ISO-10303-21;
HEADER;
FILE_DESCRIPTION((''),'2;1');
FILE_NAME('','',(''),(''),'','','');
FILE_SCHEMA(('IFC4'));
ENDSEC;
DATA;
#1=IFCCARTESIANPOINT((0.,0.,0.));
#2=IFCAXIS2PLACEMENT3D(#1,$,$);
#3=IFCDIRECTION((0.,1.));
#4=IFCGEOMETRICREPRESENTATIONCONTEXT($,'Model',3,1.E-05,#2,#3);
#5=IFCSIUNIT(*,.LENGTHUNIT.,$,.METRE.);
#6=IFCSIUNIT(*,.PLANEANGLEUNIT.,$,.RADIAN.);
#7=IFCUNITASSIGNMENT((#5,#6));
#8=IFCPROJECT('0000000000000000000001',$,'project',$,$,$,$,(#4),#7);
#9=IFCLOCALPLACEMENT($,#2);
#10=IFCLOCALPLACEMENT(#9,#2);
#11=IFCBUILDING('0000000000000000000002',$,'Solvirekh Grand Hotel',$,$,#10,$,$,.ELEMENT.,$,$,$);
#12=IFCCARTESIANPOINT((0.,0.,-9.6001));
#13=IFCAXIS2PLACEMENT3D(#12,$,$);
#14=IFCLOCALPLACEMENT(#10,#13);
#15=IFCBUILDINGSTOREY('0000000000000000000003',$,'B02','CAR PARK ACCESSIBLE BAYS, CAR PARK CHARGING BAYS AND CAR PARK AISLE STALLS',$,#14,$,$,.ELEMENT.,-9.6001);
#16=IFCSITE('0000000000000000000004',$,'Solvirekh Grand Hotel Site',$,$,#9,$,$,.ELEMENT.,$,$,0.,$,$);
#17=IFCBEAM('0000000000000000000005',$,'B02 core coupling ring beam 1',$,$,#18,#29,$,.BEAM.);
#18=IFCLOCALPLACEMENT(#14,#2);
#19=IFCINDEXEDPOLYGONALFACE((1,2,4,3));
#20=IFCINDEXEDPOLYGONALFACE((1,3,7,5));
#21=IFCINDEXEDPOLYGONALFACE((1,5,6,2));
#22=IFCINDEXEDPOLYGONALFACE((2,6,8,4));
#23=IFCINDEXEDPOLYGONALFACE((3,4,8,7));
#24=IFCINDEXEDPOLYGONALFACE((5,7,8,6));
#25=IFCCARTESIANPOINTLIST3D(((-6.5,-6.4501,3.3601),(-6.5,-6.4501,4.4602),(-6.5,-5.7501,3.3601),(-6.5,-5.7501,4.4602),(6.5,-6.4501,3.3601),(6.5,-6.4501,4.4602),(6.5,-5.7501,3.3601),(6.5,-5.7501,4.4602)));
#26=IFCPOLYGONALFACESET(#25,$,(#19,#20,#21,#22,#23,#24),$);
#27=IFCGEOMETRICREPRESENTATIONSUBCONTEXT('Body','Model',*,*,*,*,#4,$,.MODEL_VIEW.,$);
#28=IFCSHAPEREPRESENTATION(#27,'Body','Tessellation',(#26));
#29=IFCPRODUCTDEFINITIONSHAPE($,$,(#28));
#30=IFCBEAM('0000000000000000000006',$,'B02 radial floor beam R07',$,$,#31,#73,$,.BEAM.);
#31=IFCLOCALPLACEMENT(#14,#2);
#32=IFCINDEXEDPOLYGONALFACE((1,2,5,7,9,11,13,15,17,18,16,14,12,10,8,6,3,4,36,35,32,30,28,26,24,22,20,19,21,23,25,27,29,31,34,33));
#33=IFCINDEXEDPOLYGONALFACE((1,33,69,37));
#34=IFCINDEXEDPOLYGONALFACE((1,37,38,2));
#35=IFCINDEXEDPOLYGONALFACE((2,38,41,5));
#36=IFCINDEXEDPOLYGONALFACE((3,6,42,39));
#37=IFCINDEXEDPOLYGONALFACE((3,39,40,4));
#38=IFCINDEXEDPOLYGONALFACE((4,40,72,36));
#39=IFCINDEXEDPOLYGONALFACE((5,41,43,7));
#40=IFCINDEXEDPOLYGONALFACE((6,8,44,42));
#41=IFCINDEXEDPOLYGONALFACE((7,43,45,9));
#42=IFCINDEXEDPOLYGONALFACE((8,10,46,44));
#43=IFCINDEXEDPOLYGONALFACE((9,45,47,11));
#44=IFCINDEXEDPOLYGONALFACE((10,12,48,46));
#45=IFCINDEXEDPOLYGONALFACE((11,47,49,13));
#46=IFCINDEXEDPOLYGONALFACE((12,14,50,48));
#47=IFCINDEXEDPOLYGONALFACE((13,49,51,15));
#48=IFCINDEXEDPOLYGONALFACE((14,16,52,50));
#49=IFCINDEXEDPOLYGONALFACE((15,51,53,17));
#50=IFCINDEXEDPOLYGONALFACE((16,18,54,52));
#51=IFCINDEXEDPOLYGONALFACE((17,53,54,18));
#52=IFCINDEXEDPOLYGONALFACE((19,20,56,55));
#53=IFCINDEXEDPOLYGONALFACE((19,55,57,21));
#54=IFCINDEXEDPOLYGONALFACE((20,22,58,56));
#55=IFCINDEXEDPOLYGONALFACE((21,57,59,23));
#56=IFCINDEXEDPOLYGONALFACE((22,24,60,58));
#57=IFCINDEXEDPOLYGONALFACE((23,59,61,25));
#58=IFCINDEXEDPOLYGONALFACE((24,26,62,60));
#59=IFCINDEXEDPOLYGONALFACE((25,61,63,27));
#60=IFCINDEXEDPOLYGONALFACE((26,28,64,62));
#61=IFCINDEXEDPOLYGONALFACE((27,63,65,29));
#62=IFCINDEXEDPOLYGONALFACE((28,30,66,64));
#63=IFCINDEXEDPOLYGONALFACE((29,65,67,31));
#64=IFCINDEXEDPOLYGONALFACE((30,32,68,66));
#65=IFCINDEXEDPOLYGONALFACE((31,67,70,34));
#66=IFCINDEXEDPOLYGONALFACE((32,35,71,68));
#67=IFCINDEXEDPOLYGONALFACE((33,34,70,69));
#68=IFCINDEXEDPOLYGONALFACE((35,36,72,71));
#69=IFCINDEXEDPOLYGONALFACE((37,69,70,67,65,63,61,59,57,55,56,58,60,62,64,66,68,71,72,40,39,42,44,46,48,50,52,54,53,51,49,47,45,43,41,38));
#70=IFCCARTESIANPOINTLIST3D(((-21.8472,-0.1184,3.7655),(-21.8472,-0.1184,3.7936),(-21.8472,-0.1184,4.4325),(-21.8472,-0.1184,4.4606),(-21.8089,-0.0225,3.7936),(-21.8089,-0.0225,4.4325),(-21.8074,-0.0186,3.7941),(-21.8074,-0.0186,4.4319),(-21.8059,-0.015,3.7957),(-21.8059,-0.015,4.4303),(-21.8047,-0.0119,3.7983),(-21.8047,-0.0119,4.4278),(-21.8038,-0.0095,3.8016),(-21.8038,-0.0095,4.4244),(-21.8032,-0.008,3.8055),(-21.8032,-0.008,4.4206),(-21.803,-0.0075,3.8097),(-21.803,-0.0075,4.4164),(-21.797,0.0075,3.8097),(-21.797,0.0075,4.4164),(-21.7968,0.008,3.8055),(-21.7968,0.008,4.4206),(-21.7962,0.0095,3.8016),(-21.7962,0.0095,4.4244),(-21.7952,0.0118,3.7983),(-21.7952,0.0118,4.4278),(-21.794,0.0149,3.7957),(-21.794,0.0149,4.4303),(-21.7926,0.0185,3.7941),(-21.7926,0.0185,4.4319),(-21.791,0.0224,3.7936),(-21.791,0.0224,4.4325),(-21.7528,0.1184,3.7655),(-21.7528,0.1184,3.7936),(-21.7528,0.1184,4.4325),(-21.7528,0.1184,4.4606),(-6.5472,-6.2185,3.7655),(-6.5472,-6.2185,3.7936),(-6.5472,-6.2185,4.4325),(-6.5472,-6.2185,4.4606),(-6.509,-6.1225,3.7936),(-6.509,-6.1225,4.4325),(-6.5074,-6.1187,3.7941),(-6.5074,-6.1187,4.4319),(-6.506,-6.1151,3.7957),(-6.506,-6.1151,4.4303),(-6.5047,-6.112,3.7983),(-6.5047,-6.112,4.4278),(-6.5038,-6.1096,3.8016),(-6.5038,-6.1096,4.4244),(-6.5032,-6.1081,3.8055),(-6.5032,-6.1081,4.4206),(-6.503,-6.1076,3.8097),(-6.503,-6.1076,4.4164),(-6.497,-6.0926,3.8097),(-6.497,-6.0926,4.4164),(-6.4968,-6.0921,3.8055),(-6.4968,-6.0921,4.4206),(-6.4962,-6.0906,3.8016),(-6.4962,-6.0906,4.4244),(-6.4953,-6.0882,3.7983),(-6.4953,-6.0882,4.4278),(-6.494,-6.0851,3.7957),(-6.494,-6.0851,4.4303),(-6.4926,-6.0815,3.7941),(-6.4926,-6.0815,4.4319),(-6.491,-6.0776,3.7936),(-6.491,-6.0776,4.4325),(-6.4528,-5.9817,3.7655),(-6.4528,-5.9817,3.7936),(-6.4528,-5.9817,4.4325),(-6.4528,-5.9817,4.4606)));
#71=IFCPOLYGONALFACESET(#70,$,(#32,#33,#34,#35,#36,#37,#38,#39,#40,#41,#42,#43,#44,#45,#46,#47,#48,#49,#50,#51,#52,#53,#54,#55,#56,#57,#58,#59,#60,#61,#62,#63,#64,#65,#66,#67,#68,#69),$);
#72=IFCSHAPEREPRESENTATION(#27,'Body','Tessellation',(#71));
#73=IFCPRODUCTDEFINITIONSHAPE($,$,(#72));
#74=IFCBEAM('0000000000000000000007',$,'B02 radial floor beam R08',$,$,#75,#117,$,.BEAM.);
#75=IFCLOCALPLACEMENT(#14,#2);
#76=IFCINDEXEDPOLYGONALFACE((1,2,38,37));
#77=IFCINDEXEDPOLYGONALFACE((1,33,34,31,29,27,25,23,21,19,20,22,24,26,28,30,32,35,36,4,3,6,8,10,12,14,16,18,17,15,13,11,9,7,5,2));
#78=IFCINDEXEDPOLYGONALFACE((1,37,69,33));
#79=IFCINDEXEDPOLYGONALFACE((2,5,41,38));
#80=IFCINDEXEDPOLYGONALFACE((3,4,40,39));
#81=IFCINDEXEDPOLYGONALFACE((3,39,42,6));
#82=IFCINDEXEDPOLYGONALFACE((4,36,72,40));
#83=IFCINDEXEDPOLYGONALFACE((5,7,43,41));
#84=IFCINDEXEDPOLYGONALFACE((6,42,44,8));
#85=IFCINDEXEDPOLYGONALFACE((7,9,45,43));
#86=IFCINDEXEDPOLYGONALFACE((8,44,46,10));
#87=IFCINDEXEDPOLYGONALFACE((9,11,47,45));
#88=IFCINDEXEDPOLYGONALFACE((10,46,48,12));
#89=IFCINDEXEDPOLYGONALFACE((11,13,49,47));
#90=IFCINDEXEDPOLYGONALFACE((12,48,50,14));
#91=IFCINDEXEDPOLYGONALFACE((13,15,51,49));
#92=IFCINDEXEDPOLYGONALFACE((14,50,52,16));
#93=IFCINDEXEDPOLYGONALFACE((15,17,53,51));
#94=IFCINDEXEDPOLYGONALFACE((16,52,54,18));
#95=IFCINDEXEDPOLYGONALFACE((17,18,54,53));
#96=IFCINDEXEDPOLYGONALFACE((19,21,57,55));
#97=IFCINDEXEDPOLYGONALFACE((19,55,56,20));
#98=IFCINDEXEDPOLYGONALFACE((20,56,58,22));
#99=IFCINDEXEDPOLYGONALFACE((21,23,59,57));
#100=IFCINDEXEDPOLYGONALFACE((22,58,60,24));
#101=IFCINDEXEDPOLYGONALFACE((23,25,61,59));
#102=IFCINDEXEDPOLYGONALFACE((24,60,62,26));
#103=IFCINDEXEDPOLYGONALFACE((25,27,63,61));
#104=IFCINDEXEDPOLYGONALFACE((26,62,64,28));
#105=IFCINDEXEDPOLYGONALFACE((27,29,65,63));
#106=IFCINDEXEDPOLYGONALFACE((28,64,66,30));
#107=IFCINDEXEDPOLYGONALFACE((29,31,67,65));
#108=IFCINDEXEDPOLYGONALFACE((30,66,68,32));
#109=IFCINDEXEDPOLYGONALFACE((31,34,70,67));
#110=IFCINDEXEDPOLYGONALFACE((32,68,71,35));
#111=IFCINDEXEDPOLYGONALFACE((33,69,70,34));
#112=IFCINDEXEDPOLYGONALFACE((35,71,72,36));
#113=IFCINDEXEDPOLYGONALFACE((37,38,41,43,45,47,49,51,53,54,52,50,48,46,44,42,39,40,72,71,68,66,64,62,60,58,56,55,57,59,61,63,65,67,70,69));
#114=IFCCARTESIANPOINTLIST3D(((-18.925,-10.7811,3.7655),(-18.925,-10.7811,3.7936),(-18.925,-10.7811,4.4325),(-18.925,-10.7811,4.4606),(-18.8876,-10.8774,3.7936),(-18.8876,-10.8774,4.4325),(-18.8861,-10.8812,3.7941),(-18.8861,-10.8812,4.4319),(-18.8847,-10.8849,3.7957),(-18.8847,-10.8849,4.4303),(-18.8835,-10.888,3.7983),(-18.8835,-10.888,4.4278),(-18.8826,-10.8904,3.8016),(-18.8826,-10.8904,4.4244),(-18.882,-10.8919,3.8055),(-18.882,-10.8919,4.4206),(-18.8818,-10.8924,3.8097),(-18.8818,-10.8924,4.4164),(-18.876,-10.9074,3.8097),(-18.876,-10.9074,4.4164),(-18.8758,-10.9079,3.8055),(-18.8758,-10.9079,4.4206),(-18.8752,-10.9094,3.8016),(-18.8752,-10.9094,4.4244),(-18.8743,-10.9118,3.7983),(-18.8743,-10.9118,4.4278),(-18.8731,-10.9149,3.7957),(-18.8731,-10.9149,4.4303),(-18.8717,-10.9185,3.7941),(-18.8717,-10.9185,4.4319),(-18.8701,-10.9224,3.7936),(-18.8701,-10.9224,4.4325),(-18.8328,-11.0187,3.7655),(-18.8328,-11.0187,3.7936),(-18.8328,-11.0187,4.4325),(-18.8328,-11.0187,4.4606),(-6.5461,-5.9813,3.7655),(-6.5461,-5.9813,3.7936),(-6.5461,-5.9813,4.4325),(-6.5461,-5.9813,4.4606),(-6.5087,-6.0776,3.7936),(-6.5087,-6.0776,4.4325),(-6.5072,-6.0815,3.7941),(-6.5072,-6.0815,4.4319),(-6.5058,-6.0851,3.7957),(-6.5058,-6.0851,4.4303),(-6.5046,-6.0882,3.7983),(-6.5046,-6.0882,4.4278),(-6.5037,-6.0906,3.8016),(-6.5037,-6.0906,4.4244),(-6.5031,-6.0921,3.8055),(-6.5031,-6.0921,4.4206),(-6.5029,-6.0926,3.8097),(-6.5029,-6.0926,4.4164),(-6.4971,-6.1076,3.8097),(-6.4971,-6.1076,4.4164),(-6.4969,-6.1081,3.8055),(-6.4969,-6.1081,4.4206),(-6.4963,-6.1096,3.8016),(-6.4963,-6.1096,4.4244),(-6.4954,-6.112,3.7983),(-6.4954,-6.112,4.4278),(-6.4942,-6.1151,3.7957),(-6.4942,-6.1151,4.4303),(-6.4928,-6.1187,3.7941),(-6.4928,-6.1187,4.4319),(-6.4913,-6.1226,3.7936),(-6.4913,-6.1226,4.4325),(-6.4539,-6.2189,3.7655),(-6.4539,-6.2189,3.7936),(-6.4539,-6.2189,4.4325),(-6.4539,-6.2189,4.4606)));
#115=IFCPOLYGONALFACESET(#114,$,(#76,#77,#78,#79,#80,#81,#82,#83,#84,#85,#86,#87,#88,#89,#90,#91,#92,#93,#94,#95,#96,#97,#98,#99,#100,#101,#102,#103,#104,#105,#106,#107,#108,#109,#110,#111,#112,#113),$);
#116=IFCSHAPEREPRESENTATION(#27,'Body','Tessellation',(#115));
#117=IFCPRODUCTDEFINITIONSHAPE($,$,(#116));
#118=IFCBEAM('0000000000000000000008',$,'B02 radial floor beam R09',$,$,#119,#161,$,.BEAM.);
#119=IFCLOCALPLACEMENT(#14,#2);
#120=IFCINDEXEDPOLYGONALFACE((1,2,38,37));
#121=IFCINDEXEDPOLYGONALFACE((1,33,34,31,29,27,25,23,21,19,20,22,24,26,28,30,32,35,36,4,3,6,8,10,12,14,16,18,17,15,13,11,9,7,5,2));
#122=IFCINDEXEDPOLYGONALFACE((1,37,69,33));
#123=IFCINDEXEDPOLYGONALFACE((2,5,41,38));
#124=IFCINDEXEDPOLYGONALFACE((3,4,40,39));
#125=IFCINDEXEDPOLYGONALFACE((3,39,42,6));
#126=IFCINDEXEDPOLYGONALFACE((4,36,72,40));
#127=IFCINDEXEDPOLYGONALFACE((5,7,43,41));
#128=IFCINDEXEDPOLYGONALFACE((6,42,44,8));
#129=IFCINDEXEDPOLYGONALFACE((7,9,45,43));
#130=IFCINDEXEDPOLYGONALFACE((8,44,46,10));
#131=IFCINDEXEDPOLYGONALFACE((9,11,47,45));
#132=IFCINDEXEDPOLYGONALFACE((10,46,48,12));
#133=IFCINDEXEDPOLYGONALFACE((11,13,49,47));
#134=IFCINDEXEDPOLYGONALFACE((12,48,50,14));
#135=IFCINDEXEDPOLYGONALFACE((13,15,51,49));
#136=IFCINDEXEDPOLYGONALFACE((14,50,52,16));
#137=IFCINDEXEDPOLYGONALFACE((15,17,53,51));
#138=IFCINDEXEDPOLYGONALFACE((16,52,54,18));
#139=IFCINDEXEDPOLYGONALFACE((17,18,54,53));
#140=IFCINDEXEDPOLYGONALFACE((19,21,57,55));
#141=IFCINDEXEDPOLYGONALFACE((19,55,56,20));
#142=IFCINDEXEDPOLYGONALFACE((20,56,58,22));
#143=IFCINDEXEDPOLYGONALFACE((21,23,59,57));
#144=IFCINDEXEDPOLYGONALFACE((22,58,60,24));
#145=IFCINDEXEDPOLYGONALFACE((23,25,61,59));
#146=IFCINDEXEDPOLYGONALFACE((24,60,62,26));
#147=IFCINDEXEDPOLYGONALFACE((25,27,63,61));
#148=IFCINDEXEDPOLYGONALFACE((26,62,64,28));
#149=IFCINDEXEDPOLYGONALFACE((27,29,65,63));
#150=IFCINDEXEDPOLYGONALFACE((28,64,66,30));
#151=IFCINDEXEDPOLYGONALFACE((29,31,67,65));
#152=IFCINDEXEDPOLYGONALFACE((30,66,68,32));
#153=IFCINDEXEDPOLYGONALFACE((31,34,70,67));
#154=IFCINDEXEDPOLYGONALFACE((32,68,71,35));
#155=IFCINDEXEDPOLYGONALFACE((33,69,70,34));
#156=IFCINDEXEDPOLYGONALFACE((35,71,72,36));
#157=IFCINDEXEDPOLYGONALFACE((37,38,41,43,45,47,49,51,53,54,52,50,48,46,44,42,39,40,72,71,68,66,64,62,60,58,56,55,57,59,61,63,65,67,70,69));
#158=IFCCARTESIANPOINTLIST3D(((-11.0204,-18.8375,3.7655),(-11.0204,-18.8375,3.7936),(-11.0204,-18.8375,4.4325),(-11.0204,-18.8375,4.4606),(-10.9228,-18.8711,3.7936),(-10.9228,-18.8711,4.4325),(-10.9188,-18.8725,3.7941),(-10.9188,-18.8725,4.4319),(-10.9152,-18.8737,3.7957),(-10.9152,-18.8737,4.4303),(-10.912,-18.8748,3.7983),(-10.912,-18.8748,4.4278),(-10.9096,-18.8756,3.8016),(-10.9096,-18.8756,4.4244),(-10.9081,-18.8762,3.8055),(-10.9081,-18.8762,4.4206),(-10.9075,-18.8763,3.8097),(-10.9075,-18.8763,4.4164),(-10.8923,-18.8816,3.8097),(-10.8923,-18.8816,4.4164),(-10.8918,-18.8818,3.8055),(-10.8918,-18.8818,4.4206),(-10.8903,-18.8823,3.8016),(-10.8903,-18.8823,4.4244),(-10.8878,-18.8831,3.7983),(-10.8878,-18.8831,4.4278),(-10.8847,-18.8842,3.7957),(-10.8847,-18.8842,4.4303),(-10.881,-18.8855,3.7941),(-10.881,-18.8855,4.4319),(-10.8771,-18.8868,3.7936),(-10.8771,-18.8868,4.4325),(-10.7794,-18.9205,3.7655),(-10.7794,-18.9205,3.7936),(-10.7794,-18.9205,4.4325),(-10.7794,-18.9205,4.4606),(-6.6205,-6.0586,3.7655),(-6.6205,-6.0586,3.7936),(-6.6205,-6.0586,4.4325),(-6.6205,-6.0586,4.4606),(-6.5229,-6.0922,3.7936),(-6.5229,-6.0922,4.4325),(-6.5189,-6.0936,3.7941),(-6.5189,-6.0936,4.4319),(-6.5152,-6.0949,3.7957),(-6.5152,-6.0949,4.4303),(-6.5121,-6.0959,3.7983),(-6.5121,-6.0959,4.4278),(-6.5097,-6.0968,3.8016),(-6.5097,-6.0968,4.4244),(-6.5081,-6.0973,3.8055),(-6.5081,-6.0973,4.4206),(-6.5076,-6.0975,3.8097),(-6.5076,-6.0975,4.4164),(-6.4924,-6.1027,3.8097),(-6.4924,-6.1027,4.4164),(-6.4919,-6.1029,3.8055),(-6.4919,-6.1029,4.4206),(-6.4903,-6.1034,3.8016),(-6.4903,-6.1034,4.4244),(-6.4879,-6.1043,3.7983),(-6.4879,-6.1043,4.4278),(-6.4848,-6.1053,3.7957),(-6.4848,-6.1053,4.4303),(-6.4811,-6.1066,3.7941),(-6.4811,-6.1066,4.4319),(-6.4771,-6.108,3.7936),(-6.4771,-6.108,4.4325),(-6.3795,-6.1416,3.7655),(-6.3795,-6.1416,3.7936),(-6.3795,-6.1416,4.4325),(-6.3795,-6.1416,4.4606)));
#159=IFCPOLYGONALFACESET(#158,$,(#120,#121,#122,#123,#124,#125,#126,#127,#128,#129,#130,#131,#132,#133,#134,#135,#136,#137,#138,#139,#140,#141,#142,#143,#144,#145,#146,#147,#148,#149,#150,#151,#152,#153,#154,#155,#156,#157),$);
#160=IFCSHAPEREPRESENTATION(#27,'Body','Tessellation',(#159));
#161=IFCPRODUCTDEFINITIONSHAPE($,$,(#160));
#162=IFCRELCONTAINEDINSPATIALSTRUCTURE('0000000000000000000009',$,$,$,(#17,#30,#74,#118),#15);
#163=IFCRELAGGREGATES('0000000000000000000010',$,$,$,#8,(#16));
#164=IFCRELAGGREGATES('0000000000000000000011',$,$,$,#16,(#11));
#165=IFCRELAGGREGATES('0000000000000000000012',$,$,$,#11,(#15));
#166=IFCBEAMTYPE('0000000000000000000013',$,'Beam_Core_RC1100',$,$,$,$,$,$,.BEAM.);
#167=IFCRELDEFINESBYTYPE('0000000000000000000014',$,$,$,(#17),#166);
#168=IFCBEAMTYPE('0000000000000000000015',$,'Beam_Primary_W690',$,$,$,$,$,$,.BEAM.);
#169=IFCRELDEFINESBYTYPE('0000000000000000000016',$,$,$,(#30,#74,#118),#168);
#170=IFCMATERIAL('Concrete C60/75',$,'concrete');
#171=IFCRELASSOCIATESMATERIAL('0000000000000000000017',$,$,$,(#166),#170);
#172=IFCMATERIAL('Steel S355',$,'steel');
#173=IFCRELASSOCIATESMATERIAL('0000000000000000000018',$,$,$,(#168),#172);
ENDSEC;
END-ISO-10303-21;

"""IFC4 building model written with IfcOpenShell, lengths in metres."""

from ifc_helpers import new_model, si_unit, direction, frame, origin, origin_2d, place, context, subcontext, project, spatial, rectangle, i_section, extrude, material, material_profile, profile_set, type_object, element, save


model = new_model("IFC4")

# Units and contexts
model_context = context("Model", 3, precision=1e-05, world=origin(), true_north=direction((0.0, 1.0)))
body_context = subcontext(model_context, "Body", "Model", "MODEL_VIEW")
ifc_project = project(units=[si_unit("LENGTHUNIT", "METRE"), si_unit("PLANEANGLEUNIT", "RADIAN")], contexts=[model_context])

# Site, building, storey
site_placement = place(None, origin())
site = spatial("IfcSite", under=ifc_project, at=site_placement, Name="Solvirekh Grand Hotel Site", CompositionType="ELEMENT", RefElevation=0.0)
building_placement = place(site_placement, origin())
building = spatial("IfcBuilding", under=site, at=building_placement, Name="Solvirekh Grand Hotel", CompositionType="ELEMENT")
storey_placement = place(building_placement, frame((0.0, 0.0, -9.6001)))
storey = spatial("IfcBuildingStorey", under=building, at=storey_placement, Name="B02", Description="CAR PARK ACCESSIBLE BAYS, CAR PARK CHARGING BAYS AND CAR PARK AISLE STALLS", CompositionType="ELEMENT", Elevation=-9.6001)

# Shared definitions
ifc_material_1 = material(Name="Concrete C60/75", Category="concrete")

# Shared definitions
ifc_material_2 = material(Name="Steel S355", Category="steel")

# Beams
ifc_material_profile_1 = material_profile(ifc_material_1, rectangle(XDim=0.7, YDim=1.1001, at=origin_2d()), Name="RC BEAM 700X1100")
ifc_profile_set_1 = profile_set([ifc_material_profile_1], Name="Concrete C60/75")
beam_type_1 = type_object("IfcBeamType", Name="Beam_Core_RC1100", PredefinedType="BEAM", material=ifc_profile_set_1)
beam_1_placement = place(storey_placement, frame((-6.5, -6.1001, 3.9102), z_axis=(1.0, 0.0, 0.0), x_axis=(0.0, 1.0, 0.0)))
element("IfcBeam", 1, at=beam_1_placement, inside=storey, type_object=beam_type_1, Name="B02 core coupling ring beam 1", PredefinedType="BEAM", context=body_context, shape_type="SweptSolid", body=[
    extrude(rectangle(XDim=0.7, YDim=1.1001, at=origin_2d()), origin(), (0.0, 0.0, 1.0), 13.0),
])
ifc_material_profile_2 = material_profile(ifc_material_2, i_section(OverallWidth=0.2549, OverallDepth=0.6951, WebThickness=0.0161, FlangeThickness=0.0281, FilletRadius=0.0161, at=origin_2d()), Name="W690X217")
ifc_profile_set_2 = profile_set([ifc_material_profile_2], Name="Steel S355")
beam_type_2 = type_object("IfcBeamType", Name="Beam_Primary_W690", PredefinedType="BEAM", material=ifc_profile_set_2)
beam_2_placement = place(storey_placement, frame((-6.5, -6.1001, 4.113), z_axis=(-0.928893, 0.370348, 0.0), x_axis=(-0.370348, -0.928893, 0.0)))
element("IfcBeam", 2, at=beam_2_placement, inside=storey, type_object=beam_type_2, Name="B02 radial floor beam R07", PredefinedType="BEAM", context=body_context, shape_type="SweptSolid", body=[
    extrude(i_section(OverallWidth=0.2549, OverallDepth=0.6951, WebThickness=0.0161, FlangeThickness=0.0281, FilletRadius=0.0161, at=origin_2d()), origin(), (0.0, 0.0, 1.0), 16.4712),
])
beam_3_placement = place(storey_placement, frame((-6.5, -6.1001, 4.113), z_axis=(-0.932366, -0.361516, 0.0), x_axis=(0.361516, -0.932366, 0.0)))
element("IfcBeam", 3, at=beam_3_placement, inside=storey, type_object=beam_type_2, Name="B02 radial floor beam R08", PredefinedType="BEAM", context=body_context, shape_type="SweptSolid", body=[
    extrude(i_section(OverallWidth=0.2549, OverallDepth=0.6951, WebThickness=0.0161, FlangeThickness=0.0281, FilletRadius=0.0161, at=origin_2d()), origin(), (0.0, 0.0, 1.0), 13.2769),
])
beam_4_placement = place(storey_placement, frame((-6.5, -6.1001, 4.113), z_axis=(-0.325555, -0.945523, 0.0), x_axis=(0.945523, -0.325555, 0.0)))
element("IfcBeam", 4, at=beam_4_placement, inside=storey, type_object=beam_type_2, Name="B02 radial floor beam R09", PredefinedType="BEAM", context=body_context, shape_type="SweptSolid", body=[
    extrude(i_section(OverallWidth=0.2549, OverallDepth=0.6951, WebThickness=0.0161, FlangeThickness=0.0281, FilletRadius=0.0161, at=origin_2d()), origin(), (0.0, 0.0, 1.0), 13.5151),
])

save(model, "model.ifc")
